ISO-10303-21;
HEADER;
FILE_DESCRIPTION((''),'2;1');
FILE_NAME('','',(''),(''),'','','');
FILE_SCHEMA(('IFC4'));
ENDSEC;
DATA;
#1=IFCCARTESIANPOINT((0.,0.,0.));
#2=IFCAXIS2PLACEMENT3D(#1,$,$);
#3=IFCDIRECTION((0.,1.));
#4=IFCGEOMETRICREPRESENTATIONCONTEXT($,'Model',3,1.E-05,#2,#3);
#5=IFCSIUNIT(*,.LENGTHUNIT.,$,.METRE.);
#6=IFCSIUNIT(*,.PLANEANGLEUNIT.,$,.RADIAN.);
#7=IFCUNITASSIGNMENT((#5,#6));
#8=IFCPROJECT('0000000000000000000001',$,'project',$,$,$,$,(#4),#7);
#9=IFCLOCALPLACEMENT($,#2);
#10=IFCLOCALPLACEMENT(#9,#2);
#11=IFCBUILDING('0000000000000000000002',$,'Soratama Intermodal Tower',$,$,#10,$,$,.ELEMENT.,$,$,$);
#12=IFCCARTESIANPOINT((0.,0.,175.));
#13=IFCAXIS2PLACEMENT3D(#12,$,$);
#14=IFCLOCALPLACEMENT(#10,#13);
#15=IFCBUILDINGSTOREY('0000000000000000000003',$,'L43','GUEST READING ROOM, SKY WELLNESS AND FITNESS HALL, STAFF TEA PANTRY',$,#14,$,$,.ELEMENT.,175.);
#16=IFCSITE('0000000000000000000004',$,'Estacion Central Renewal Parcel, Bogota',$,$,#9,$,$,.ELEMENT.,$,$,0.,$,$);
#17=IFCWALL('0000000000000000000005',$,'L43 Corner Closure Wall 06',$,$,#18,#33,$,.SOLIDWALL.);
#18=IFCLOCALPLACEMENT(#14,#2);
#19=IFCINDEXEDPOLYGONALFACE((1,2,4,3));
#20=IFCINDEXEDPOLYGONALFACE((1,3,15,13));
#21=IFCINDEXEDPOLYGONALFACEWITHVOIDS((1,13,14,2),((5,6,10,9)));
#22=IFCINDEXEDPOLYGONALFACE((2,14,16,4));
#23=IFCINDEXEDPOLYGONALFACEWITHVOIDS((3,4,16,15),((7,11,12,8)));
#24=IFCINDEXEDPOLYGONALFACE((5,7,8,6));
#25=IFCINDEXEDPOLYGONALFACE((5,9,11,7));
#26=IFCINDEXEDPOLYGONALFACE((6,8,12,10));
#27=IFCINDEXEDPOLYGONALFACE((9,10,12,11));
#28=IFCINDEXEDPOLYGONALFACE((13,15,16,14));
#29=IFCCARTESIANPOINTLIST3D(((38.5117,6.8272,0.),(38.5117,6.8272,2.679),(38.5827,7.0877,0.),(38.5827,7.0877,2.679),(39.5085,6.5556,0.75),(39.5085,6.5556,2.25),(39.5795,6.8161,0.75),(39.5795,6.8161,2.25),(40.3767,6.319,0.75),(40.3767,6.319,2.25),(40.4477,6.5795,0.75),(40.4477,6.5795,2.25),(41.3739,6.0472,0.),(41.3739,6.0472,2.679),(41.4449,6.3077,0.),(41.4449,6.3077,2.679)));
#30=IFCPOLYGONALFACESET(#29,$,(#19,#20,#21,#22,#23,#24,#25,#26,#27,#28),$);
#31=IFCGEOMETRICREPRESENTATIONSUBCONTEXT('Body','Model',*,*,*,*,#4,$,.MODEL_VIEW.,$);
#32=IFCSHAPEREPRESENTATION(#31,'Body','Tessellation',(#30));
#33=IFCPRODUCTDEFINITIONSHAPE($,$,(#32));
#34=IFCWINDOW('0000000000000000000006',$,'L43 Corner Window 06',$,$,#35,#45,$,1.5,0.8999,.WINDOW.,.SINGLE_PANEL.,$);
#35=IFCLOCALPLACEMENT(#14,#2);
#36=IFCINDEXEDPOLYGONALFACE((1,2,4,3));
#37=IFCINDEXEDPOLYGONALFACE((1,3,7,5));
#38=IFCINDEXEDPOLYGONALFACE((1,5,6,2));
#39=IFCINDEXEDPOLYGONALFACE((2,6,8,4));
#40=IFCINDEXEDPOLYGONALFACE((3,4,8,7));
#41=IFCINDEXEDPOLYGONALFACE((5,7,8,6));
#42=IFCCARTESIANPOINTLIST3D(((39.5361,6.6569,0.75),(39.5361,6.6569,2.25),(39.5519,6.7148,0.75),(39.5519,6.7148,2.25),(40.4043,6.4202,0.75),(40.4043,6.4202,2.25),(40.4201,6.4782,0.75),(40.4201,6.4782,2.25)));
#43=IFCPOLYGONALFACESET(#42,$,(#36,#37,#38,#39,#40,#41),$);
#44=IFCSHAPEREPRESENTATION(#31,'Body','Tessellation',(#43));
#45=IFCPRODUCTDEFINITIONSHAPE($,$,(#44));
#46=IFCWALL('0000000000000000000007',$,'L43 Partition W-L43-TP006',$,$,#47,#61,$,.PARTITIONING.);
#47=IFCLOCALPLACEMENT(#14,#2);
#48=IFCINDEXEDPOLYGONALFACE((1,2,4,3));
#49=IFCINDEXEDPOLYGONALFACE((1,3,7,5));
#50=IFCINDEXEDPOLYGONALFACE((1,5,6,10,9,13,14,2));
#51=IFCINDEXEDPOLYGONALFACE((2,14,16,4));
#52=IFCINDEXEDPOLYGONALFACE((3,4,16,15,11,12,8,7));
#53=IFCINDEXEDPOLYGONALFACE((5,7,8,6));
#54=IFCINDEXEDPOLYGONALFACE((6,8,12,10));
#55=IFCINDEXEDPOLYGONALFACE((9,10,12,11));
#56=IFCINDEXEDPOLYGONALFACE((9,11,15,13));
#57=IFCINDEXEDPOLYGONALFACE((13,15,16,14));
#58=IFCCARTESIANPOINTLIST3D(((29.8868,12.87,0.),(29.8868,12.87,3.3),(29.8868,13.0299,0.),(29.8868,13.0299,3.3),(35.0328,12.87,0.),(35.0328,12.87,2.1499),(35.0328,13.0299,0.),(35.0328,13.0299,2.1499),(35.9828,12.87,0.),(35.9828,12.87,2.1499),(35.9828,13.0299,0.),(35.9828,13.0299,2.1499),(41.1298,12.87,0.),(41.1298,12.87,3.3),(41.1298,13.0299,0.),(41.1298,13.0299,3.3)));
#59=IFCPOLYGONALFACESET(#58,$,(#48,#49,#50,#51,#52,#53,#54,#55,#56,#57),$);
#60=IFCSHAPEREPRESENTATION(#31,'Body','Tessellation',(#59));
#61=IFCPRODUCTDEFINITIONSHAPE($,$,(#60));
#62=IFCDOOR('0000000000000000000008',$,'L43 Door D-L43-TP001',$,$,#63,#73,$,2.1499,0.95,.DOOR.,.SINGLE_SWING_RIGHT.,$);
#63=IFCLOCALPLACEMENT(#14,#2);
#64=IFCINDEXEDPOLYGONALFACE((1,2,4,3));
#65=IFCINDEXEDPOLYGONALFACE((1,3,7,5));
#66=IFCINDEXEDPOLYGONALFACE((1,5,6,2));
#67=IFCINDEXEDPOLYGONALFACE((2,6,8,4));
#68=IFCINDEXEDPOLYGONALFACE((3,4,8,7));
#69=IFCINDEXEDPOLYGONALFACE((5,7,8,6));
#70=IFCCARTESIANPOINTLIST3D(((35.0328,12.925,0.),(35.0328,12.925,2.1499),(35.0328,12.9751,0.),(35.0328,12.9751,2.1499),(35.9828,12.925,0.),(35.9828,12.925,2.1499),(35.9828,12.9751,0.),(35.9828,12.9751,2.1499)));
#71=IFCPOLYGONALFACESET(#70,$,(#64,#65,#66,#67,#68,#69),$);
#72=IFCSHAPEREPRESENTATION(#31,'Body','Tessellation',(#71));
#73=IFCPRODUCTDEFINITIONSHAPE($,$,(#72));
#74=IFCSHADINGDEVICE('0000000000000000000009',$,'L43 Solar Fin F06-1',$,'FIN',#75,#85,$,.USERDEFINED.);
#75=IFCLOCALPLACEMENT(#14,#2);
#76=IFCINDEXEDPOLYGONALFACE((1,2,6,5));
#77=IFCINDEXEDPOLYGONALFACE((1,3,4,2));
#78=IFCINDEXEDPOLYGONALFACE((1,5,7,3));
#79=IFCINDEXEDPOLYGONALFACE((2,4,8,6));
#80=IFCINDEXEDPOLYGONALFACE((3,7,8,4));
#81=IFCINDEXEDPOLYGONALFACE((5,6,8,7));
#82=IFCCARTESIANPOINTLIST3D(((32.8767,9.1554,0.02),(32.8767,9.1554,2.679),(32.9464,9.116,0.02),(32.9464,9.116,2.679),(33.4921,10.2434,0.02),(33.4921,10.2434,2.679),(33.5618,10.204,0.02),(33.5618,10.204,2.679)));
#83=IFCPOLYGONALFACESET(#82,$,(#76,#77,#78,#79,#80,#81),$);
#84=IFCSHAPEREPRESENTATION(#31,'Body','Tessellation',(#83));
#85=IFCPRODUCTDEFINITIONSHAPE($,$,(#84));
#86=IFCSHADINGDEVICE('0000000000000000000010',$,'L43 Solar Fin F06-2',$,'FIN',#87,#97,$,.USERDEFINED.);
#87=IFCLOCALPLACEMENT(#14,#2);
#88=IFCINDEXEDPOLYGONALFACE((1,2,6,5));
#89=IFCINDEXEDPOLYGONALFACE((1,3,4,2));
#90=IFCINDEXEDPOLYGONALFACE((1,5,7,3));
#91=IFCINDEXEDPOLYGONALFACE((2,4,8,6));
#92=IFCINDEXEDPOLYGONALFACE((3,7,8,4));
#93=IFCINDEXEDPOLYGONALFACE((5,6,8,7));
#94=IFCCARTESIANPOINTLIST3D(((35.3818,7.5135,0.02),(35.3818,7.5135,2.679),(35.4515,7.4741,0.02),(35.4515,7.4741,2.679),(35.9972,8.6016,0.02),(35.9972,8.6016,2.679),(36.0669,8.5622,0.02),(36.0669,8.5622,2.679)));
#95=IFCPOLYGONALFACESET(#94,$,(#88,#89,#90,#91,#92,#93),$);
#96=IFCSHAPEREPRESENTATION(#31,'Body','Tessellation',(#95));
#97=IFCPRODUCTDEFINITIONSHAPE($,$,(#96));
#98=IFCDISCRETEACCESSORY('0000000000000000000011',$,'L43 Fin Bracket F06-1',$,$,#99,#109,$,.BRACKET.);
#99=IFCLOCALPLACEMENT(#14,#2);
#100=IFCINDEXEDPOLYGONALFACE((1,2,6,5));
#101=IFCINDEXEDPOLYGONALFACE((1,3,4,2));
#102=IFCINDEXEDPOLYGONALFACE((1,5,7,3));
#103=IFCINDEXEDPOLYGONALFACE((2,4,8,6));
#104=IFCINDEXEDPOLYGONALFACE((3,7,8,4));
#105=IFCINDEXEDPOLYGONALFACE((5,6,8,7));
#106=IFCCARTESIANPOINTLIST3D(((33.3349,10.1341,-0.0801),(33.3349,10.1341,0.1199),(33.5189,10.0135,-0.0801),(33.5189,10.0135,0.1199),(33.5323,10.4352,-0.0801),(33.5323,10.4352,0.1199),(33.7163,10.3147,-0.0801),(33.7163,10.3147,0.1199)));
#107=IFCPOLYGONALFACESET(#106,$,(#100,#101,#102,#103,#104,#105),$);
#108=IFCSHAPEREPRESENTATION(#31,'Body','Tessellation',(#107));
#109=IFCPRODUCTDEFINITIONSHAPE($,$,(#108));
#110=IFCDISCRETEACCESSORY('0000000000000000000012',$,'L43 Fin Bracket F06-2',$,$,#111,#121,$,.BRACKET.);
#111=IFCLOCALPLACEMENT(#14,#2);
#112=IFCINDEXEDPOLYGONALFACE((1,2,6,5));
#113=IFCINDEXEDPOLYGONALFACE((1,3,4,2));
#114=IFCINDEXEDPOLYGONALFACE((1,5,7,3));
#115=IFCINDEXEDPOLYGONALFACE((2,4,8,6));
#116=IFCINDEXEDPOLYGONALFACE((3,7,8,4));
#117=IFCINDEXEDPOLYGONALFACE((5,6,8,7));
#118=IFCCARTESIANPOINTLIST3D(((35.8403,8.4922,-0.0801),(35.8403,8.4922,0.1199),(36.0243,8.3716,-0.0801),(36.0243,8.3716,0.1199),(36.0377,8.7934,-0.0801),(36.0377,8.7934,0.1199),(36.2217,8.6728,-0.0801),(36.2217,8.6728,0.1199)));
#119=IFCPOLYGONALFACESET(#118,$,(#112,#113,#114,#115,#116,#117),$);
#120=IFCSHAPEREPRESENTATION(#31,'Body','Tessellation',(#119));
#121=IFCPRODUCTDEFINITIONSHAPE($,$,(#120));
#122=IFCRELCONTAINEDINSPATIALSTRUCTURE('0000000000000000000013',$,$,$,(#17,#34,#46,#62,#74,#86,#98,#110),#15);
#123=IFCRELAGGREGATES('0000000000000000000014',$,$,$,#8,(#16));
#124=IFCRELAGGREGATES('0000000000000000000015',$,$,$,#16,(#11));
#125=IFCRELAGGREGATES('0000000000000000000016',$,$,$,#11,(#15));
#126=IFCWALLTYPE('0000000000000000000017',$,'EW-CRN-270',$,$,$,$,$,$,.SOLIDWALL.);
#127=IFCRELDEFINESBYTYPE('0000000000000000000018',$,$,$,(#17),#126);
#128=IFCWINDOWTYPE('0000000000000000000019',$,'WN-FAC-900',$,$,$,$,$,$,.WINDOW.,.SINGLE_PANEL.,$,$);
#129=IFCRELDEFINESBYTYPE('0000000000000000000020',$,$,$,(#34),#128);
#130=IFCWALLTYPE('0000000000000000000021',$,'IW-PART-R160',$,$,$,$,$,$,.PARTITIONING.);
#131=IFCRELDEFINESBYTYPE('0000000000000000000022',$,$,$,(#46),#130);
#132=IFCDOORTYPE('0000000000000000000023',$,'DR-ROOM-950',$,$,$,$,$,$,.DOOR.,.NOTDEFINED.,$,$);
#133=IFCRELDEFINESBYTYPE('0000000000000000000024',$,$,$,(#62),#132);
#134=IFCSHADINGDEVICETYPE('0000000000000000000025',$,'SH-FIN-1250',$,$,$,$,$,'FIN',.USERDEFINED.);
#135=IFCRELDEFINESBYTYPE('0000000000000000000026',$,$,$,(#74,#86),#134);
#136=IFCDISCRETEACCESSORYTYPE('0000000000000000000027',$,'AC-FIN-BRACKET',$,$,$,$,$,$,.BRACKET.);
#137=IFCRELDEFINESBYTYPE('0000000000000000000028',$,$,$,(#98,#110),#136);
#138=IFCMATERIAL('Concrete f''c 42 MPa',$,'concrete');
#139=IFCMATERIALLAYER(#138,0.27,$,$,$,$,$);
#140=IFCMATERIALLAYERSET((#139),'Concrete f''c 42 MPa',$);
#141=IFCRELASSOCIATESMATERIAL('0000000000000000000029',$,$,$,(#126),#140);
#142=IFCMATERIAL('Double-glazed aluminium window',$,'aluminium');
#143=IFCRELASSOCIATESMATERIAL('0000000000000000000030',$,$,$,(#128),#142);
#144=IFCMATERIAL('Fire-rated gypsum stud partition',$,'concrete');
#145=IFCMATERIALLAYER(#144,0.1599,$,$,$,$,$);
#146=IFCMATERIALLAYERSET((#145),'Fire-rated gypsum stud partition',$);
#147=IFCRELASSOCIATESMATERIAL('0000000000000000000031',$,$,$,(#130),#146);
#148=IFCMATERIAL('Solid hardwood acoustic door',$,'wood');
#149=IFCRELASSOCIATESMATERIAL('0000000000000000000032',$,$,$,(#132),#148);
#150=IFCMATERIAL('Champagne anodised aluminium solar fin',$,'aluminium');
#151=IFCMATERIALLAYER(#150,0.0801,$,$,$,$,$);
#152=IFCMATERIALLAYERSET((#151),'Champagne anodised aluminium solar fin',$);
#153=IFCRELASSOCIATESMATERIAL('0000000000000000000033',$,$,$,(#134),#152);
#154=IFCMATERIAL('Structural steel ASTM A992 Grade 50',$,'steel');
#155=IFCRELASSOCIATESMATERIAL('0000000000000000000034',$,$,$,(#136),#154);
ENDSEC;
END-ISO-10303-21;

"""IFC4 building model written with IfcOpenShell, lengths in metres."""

from ifc_helpers import new_model, si_unit, direction, frame, frame_2d, origin, origin_2d, place, context, subcontext, project, spatial, rectangle, extrude, material, layer, layer_set, type_object, element, fill, save


model = new_model("IFC4")

# Units and contexts
model_context = context("Model", 3, precision=1e-05, world=origin(), true_north=direction((0.0, 1.0)))
body_context = subcontext(model_context, "Body", "Model", "MODEL_VIEW")
ifc_project = project(units=[si_unit("LENGTHUNIT", "METRE"), si_unit("PLANEANGLEUNIT", "RADIAN")], contexts=[model_context])

# Site, building, storey
site_placement = place(None, origin())
site = spatial("IfcSite", under=ifc_project, at=site_placement, Name="Estacion Central Renewal Parcel, Bogota", CompositionType="ELEMENT", RefElevation=0.0)
building_placement = place(site_placement, origin())
building = spatial("IfcBuilding", under=site, at=building_placement, Name="Soratama Intermodal Tower", CompositionType="ELEMENT")
storey_placement = place(building_placement, frame((0.0, 0.0, 175.0)))
storey = spatial("IfcBuildingStorey", under=building, at=storey_placement, Name="L43", Description="GUEST READING ROOM, SKY WELLNESS AND FITNESS HALL, STAFF TEA PANTRY", CompositionType="ELEMENT", Elevation=175.0)

# Wall, opening, window
ifc_material_1 = material(Name="Concrete f'c 42 MPa", Category="concrete")
ifc_layer_1 = layer(ifc_material_1, 0.27)
ifc_layer_set_1 = layer_set([ifc_layer_1], Name="Concrete f'c 42 MPa")
wall_type_1 = type_object("IfcWallType", Name="EW-CRN-270", PredefinedType="SOLIDWALL", material=ifc_layer_set_1)
wall_1_placement = place(storey_placement, frame((38.5471, 6.9575, 0.0), z_axis=(0.0, 0.0, 1.0), x_axis=(0.964809, -0.26295, 0.0)))
wall_1 = element("IfcWall", 1, at=wall_1_placement, inside=storey, type_object=wall_type_1, Name="L43 Corner Closure Wall 06", PredefinedType="SOLIDWALL", context=body_context, shape_type="SweptSolid", body=[
    extrude(rectangle(XDim=2.9666, YDim=0.27, at=frame_2d((1.4834, 0.0))), origin(), (0.0, 0.0, 1.0), 2.679),
])
opening_1_placement = place(wall_1_placement, frame((1.0332, 0.0, 0.75)))
opening_1 = element("IfcOpeningElement", 2, at=opening_1_placement, cuts=wall_1, PredefinedType="OPENING", context=body_context, shape_type="SweptSolid", body=[
    extrude(rectangle(XDim=0.8999, YDim=1.5, at=frame_2d((0.45, 0.75))), frame((0.0, 0.145, 0.0), z_axis=(0.0, -1.0, 0.0), x_axis=(1.0, 0.0, 0.0)), (0.0, 0.0, 1.0), 0.29),
])
ifc_material_2 = material(Name="Double-glazed aluminium window", Category="aluminium")
window_type = type_object("IfcWindowType", Name="WN-FAC-900", PartitioningType="SINGLE_PANEL", PredefinedType="WINDOW", material=ifc_material_2)
window_placement = place(opening_1_placement, origin())
window = element("IfcWindow", 3, at=window_placement, inside=storey, type_object=window_type, Name="L43 Corner Window 06", OverallHeight=1.5, OverallWidth=0.8999, PartitioningType="SINGLE_PANEL", PredefinedType="WINDOW", context=body_context, shape_type="SweptSolid", body=[
    extrude(rectangle(XDim=0.8999, YDim=1.5, at=frame_2d((0.45, 0.75))), frame((0.0, 0.03, 0.0), z_axis=(0.0, -1.0, 0.0), x_axis=(1.0, 0.0, 0.0)), (0.0, 0.0, 1.0), 0.0601),
])
fill(opening_1, window)

# Wall, opening, door
ifc_material_3 = material(Name="Fire-rated gypsum stud partition", Category="concrete")
ifc_layer_2 = layer(ifc_material_3, 0.1599)
ifc_layer_set_2 = layer_set([ifc_layer_2], Name="Fire-rated gypsum stud partition")
wall_type_2 = type_object("IfcWallType", Name="IW-PART-R160", PredefinedType="PARTITIONING", material=ifc_layer_set_2)
wall_2_placement = place(storey_placement, frame((41.1299, 12.95, 0.0), z_axis=(0.0, 0.0, 1.0), x_axis=(-1.0, 0.0, 0.0)))
wall_2 = element("IfcWall", 4, at=wall_2_placement, inside=storey, type_object=wall_type_2, Name="L43 Partition W-L43-TP006", PredefinedType="PARTITIONING", context=body_context, shape_type="SweptSolid", body=[
    extrude(rectangle(XDim=11.2429, YDim=0.1599, at=frame_2d((5.6216, 0.0))), origin(), (0.0, 0.0, 1.0), 3.3),
])
opening_2_placement = place(wall_2_placement, frame((5.147, 0.0, 0.0)))
opening_2 = element("IfcOpeningElement", 5, at=opening_2_placement, cuts=wall_2, PredefinedType="OPENING", context=body_context, shape_type="SweptSolid", body=[
    extrude(rectangle(XDim=0.95, YDim=2.1499, at=frame_2d((0.4751, 1.075))), frame((0.0, 0.0898, 0.0), z_axis=(0.0, -1.0, 0.0), x_axis=(1.0, 0.0, 0.0)), (0.0, 0.0, 1.0), 0.1799),
])
ifc_material_4 = material(Name="Solid hardwood acoustic door", Category="wood")
door_type = type_object("IfcDoorType", Name="DR-ROOM-950", OperationType="NOTDEFINED", PredefinedType="DOOR", material=ifc_material_4)
door_placement = place(opening_2_placement, origin())
door = element("IfcDoor", 6, at=door_placement, inside=storey, type_object=door_type, Name="L43 Door D-L43-TP001", OperationType="SINGLE_SWING_RIGHT", OverallHeight=2.1499, OverallWidth=0.95, PredefinedType="DOOR", context=body_context, shape_type="SweptSolid", body=[
    extrude(rectangle(XDim=0.95, YDim=2.1499, at=frame_2d((0.4751, 1.075))), frame((0.0, 0.0249, 0.0), z_axis=(0.0, -1.0, 0.0), x_axis=(1.0, 0.0, 0.0)), (0.0, 0.0, 1.0), 0.05),
])
fill(opening_2, door)

# Shading devices
ifc_material_5 = material(Name="Champagne anodised aluminium solar fin", Category="aluminium")
ifc_layer_3 = layer(ifc_material_5, 0.0801)
ifc_layer_set_3 = layer_set([ifc_layer_3], Name="Champagne anodised aluminium solar fin")
shading_device_type = type_object("IfcShadingDeviceType", Name="SH-FIN-1250", ElementType="FIN", PredefinedType="USERDEFINED", material=ifc_layer_set_3)
for number, where, z_axis, x_axis, name in (
    (7, (33.2192, 9.6797, 0.02), (0.0, 0.0, 1.0), (-0.492272, -0.870442, 0.0), "L43 Solar Fin F06-1"),
    (8, (35.7244, 8.0378, 0.02), (0.0, 0.0, 1.0), (-0.492272, -0.870442, 0.0), "L43 Solar Fin F06-2"),
):
    element("IfcShadingDevice", number, at=place(storey_placement, frame(where, z_axis=z_axis, x_axis=x_axis)), inside=storey, type_object=shading_device_type, Name=name, ObjectType="FIN", PredefinedType="USERDEFINED", context=body_context, shape_type="SweptSolid", body=[
        extrude(rectangle(XDim=1.25, YDim=0.0801, at=origin_2d()), origin(), (0.0, 0.0, 1.0), 2.6589),
    ])

# Discrete accessories
ifc_material_6 = material(Name="Structural steel ASTM A992 Grade 50", Category="steel")
discrete_accessory_type = type_object("IfcDiscreteAccessoryType", Name="AC-FIN-BRACKET", PredefinedType="BRACKET", material=ifc_material_6)
for number, where, z_axis, x_axis, name in (
    (9, (33.5256, 10.2244, -0.0801), (0.0, 0.0, 1.0), (-0.548147, -0.836382, 0.0), "L43 Fin Bracket F06-1"),
    (10, (36.031, 8.5825, -0.0801), (0.0, 0.0, 1.0), (-0.548147, -0.836382, 0.0), "L43 Fin Bracket F06-2"),
):
    element("IfcDiscreteAccessory", number, at=place(storey_placement, frame(where, z_axis=z_axis, x_axis=x_axis)), inside=storey, type_object=discrete_accessory_type, Name=name, PredefinedType="BRACKET", context=body_context, shape_type="SweptSolid", body=[
        extrude(rectangle(XDim=0.3601, YDim=0.22, at=origin_2d()), origin(), (0.0, 0.0, 1.0), 0.2),
    ])

save(model, "model.ifc")
